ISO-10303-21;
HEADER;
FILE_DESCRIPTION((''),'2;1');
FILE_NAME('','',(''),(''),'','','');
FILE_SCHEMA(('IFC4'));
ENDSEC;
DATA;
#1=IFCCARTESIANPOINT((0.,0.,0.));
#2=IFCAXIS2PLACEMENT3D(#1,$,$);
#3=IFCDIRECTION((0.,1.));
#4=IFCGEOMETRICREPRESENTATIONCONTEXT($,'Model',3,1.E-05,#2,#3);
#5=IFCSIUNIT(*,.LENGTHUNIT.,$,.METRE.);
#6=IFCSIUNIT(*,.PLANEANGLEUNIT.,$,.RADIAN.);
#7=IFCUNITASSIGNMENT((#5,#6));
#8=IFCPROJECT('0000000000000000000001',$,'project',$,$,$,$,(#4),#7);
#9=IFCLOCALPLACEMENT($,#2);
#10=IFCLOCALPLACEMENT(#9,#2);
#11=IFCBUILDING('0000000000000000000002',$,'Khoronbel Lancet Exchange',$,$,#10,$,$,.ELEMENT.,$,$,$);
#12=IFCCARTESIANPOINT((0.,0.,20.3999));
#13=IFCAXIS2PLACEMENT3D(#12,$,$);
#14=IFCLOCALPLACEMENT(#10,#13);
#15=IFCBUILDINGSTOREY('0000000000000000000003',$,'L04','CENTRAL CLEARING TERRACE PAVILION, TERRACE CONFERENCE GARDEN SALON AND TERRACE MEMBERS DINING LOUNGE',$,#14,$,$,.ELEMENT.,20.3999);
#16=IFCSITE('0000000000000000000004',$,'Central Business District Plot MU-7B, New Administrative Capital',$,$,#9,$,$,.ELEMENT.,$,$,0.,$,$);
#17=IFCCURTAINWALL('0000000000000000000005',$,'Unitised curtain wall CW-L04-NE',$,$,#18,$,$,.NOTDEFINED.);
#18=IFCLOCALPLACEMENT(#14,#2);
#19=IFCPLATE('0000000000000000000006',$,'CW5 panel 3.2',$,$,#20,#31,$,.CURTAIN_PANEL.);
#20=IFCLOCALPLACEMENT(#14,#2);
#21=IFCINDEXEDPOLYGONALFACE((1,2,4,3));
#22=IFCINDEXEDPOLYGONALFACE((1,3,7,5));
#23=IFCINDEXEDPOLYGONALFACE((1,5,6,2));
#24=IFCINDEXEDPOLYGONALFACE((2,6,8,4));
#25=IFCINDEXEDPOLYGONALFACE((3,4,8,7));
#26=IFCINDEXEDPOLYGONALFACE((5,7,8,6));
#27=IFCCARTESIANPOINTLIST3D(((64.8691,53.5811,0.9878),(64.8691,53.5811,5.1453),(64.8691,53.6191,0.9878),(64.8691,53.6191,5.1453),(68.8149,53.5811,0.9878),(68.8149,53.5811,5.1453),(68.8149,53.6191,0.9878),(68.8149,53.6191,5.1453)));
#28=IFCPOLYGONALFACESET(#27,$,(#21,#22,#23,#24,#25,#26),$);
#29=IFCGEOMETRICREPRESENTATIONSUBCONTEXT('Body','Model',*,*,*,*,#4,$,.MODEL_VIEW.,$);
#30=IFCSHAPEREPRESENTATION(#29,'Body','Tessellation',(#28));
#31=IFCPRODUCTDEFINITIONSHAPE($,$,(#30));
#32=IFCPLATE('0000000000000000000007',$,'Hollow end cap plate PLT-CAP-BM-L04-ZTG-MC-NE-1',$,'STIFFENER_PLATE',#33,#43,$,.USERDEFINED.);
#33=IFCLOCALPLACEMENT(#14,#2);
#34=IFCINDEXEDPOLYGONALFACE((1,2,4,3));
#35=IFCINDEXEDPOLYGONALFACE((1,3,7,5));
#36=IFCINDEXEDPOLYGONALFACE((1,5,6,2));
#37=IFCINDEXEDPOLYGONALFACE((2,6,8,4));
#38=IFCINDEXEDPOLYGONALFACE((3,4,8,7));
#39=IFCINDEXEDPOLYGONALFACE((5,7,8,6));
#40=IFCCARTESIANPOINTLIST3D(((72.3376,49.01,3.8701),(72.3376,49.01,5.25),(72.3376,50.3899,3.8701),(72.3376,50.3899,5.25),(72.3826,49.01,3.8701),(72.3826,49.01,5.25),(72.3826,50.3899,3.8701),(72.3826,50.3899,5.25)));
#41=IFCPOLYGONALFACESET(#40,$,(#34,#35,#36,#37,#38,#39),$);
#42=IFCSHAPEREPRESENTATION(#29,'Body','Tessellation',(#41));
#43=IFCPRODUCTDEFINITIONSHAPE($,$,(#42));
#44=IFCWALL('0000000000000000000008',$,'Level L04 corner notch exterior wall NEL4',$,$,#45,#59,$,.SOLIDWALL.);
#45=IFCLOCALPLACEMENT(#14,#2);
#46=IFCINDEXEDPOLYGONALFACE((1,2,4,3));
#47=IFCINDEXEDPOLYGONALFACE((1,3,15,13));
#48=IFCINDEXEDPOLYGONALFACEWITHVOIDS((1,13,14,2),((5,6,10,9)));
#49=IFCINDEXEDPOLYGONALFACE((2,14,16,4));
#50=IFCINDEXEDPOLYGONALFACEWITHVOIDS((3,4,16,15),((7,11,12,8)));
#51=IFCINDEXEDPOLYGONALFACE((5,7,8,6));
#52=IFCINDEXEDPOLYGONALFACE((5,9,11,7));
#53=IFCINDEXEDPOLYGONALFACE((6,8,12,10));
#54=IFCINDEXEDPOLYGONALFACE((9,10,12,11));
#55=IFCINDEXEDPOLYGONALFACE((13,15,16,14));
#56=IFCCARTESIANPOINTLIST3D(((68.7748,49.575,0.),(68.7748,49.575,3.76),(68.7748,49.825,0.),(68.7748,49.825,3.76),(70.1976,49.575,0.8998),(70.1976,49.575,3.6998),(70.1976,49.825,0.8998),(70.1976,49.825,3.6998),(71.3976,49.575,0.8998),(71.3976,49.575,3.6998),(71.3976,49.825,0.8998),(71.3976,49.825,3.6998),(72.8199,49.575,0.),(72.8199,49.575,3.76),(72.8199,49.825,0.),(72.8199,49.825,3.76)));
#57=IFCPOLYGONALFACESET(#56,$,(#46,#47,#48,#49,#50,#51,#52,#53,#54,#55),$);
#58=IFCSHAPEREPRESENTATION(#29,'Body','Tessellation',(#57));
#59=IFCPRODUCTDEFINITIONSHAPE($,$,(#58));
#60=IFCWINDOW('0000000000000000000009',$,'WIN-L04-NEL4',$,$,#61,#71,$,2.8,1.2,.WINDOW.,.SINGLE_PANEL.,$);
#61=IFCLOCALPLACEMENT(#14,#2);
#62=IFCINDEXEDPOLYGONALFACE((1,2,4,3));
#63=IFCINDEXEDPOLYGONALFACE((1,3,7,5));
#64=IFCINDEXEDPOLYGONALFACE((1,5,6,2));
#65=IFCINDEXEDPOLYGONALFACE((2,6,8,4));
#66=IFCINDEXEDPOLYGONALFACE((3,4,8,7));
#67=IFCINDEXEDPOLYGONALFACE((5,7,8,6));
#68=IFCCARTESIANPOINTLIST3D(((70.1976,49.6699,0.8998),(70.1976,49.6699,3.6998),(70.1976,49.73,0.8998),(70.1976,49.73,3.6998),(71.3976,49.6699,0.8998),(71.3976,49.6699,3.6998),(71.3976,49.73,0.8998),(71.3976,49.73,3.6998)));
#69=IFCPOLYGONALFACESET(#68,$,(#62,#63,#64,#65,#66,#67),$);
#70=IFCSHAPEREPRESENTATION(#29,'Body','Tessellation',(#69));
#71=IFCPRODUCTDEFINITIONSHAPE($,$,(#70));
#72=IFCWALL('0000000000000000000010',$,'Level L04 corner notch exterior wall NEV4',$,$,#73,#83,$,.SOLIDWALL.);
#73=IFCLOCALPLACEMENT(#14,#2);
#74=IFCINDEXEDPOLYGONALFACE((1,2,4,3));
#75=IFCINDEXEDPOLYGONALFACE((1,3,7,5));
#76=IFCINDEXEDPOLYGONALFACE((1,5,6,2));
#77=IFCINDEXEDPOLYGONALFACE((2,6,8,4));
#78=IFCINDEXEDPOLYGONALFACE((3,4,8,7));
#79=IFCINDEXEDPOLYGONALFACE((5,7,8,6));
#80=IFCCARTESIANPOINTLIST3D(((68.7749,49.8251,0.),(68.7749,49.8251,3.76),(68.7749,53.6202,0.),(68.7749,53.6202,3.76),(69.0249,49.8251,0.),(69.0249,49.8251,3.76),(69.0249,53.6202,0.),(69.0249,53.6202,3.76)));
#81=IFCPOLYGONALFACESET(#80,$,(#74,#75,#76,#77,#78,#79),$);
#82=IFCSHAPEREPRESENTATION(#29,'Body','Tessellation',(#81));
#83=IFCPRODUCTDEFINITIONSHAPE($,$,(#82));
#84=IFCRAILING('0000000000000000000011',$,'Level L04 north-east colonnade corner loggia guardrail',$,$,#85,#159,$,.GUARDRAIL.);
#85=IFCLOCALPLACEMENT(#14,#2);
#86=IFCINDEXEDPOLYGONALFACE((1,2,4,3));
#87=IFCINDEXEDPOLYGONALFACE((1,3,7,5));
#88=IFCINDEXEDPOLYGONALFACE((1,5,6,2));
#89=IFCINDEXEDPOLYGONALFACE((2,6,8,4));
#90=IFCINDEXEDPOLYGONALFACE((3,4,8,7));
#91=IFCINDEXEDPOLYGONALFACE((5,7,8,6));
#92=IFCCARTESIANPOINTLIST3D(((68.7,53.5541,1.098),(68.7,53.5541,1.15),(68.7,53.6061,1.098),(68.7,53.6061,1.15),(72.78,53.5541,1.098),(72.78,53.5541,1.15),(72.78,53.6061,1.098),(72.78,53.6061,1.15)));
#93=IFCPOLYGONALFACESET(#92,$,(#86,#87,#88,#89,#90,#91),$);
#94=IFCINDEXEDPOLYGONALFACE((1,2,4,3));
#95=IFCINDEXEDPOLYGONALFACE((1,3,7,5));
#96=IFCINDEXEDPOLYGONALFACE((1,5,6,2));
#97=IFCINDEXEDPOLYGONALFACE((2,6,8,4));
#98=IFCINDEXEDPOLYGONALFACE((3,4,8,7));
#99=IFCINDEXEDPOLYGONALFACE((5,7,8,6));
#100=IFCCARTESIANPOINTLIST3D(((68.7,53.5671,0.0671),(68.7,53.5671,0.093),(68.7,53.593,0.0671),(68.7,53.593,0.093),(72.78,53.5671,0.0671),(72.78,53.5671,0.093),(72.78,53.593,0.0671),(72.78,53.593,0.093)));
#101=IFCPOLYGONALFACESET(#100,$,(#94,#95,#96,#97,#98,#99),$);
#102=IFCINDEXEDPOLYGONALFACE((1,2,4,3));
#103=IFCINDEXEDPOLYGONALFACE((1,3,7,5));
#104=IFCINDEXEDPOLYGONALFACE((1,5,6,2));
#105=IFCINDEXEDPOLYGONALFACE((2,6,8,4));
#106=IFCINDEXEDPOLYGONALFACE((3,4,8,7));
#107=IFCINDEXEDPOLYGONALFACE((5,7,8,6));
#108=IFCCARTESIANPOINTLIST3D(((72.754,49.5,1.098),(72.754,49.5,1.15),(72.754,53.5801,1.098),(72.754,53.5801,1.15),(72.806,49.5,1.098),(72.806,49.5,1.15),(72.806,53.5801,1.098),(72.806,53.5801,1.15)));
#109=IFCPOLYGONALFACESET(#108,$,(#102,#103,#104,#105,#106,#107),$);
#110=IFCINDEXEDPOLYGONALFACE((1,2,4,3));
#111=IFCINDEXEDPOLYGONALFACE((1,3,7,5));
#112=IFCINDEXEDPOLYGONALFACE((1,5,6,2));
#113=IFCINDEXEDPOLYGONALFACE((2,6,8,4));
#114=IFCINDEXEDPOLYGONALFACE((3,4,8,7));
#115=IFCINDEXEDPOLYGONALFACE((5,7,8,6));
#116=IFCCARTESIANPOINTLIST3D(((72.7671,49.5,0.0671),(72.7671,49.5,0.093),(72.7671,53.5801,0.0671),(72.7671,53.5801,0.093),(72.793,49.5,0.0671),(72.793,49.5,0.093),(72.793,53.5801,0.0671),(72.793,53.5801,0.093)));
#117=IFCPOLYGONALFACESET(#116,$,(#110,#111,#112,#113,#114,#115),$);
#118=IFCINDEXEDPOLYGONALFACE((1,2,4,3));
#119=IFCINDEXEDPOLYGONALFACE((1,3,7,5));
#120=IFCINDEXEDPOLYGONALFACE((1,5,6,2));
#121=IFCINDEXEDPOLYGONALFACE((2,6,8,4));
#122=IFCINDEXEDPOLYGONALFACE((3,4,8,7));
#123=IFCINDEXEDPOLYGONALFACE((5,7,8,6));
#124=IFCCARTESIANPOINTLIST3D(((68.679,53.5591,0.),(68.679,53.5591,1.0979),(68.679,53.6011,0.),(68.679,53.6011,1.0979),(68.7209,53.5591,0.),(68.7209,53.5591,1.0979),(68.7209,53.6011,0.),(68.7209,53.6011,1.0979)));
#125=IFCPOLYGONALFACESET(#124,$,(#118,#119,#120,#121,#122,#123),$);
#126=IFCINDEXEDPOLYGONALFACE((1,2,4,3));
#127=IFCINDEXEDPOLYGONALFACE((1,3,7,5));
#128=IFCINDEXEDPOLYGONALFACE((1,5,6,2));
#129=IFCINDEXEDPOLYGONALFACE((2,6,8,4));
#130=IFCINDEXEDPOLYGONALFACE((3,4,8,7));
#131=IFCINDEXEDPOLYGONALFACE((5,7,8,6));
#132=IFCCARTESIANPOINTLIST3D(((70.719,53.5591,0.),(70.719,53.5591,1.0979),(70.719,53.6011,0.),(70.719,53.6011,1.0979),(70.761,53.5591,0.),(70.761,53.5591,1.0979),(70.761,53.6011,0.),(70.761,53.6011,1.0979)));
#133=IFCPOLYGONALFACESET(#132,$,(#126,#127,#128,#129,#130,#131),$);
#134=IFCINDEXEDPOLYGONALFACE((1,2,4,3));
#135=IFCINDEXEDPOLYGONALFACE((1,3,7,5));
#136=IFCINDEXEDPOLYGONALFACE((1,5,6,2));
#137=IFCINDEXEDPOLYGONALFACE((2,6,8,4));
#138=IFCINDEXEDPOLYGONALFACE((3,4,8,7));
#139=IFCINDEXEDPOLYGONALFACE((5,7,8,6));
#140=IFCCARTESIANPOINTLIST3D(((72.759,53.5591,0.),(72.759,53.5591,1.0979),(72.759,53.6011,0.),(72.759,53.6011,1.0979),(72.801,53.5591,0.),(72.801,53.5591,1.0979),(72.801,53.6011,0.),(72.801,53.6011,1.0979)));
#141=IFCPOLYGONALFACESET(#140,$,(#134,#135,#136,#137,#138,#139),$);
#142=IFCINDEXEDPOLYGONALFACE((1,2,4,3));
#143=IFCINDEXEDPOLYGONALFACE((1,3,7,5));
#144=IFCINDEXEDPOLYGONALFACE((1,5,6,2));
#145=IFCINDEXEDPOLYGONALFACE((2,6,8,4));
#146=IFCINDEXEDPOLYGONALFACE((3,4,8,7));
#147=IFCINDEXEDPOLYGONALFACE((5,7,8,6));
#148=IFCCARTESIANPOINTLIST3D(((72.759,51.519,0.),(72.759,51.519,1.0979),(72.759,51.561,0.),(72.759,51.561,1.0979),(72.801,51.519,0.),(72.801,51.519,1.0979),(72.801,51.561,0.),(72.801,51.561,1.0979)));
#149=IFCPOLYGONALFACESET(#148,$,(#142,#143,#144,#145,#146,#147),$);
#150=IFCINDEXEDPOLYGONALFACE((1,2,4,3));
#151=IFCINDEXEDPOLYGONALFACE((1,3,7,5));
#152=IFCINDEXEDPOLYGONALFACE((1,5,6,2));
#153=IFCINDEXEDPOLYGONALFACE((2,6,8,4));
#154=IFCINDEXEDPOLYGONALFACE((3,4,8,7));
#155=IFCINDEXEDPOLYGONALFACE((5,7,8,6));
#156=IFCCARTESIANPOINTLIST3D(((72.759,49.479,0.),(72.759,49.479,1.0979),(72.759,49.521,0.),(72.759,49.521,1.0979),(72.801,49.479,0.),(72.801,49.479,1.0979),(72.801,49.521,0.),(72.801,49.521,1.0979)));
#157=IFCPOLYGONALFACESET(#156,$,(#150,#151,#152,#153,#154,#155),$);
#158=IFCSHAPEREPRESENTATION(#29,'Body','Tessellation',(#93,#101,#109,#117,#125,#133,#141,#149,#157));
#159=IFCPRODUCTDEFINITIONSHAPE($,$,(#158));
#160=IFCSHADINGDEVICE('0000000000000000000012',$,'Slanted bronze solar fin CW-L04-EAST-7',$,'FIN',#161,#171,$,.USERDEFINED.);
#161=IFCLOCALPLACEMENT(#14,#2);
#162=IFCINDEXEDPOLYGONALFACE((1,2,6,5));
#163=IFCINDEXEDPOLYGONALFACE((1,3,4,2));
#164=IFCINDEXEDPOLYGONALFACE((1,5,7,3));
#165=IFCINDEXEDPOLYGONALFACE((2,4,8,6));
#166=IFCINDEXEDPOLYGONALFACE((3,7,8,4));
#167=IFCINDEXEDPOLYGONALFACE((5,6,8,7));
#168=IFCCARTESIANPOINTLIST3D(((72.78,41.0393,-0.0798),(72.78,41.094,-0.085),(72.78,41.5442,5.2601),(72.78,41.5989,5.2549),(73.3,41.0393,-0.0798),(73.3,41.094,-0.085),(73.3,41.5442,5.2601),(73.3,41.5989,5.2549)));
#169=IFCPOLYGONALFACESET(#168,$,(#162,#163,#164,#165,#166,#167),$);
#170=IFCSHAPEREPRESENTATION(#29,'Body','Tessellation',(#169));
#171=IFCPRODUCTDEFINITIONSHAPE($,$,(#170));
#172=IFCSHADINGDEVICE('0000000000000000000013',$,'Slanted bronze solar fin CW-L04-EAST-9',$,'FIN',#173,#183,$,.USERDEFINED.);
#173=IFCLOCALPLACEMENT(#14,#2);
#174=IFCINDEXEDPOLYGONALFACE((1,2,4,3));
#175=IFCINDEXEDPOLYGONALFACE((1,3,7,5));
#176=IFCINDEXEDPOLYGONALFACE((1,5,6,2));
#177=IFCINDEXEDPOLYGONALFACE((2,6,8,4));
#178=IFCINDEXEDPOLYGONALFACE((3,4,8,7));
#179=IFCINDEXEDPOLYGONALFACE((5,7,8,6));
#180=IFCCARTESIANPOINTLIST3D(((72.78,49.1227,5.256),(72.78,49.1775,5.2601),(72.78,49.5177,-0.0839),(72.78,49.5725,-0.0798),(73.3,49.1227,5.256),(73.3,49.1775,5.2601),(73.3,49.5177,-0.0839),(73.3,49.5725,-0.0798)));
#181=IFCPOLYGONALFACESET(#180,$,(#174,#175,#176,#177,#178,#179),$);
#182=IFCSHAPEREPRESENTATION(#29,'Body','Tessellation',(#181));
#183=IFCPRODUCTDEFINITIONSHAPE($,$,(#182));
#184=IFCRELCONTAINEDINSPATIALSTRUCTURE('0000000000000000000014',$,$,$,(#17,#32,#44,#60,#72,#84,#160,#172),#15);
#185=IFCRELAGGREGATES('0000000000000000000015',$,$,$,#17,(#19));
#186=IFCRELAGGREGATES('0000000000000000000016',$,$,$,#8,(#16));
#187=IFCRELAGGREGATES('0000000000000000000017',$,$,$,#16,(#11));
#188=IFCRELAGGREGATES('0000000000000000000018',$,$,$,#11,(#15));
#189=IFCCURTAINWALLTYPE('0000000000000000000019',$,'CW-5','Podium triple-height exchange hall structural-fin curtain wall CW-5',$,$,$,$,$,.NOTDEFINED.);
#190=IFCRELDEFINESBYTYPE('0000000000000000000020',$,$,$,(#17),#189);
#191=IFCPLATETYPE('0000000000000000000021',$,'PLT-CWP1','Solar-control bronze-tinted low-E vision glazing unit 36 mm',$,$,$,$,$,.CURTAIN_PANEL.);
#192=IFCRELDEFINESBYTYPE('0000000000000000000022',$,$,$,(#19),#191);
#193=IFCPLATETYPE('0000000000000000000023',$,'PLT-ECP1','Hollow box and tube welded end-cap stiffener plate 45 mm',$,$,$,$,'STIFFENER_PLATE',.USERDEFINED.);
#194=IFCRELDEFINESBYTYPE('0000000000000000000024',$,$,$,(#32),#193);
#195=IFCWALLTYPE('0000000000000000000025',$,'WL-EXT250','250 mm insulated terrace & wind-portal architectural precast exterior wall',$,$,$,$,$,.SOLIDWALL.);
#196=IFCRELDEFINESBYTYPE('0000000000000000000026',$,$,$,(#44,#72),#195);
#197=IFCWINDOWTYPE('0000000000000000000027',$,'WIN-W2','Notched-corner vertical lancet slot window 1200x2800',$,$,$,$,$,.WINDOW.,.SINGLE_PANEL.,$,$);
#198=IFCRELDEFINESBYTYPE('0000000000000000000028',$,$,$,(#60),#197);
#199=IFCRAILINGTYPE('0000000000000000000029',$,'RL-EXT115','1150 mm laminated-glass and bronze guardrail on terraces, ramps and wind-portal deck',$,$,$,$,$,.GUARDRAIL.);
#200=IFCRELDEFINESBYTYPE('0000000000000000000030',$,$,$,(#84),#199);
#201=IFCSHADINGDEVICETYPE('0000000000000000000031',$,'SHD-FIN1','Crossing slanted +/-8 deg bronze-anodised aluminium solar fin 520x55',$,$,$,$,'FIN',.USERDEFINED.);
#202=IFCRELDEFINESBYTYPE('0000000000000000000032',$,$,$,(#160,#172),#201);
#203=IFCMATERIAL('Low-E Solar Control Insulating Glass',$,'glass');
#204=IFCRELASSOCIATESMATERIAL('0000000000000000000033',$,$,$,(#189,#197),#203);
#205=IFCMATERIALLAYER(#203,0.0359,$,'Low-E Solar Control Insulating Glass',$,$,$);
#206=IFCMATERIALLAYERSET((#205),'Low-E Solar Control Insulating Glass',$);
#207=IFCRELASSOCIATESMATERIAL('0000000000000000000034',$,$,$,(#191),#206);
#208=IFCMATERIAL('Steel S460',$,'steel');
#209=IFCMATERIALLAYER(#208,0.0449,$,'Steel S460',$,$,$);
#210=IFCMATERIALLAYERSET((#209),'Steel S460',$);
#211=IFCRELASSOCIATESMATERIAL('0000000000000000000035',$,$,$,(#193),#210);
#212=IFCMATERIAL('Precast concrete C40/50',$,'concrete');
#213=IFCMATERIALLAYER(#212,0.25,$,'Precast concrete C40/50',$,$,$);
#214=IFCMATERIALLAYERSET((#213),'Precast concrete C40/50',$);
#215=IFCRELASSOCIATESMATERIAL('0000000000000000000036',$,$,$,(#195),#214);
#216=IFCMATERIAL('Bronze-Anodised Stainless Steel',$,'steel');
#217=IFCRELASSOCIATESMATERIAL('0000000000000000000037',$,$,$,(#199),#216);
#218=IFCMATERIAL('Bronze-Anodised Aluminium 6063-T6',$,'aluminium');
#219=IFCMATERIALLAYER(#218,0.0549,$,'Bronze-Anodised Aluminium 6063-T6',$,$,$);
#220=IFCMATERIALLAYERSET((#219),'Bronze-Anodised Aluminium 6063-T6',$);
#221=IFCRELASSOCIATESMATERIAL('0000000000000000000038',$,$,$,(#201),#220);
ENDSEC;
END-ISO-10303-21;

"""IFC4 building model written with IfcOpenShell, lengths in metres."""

from ifc_helpers import new_model, si_unit, direction, frame, frame_2d, origin, origin_2d, place, context, subcontext, project, spatial, polyline, rectangle, outline, extrude, material, layer, layer_set, type_object, element, fill, aggregate, save


model = new_model("IFC4")

# Units and contexts
model_context = context("Model", 3, precision=1e-05, world=origin(), true_north=direction((0.0, 1.0)))
body_context = subcontext(model_context, "Body", "Model", "MODEL_VIEW")
ifc_project = project(units=[si_unit("LENGTHUNIT", "METRE"), si_unit("PLANEANGLEUNIT", "RADIAN")], contexts=[model_context])

# Site, building, storey
site_placement = place(None, origin())
site = spatial("IfcSite", under=ifc_project, at=site_placement, Name="Central Business District Plot MU-7B, New Administrative Capital", CompositionType="ELEMENT", RefElevation=0.0)
building_placement = place(site_placement, origin())
building = spatial("IfcBuilding", under=site, at=building_placement, Name="Khoronbel Lancet Exchange", CompositionType="ELEMENT")
storey_placement = place(building_placement, frame((0.0, 0.0, 20.3999)))
storey = spatial("IfcBuildingStorey", under=building, at=storey_placement, Name="L04", Description="CENTRAL CLEARING TERRACE PAVILION, TERRACE CONFERENCE GARDEN SALON AND TERRACE MEMBERS DINING LOUNGE", CompositionType="ELEMENT", Elevation=20.3999)

# Shared definitions
ifc_material_1 = material(Name="Steel S460", Category="steel")

# Shared definitions
ifc_material_2 = material(Name="Low-E Solar Control Insulating Glass", Category="glass")
curtain_wall_type = type_object("IfcCurtainWallType", Name="CW-5", Description="Podium triple-height exchange hall structural-fin curtain wall CW-5", PredefinedType="NOTDEFINED", material=ifc_material_2)
ifc_material_3 = material(Name="Bronze-Anodised Aluminium 6063-T6", Category="aluminium")

# Curtain wall
curtain_wall_1_placement = place(storey_placement, origin())
curtain_wall_1 = element("IfcCurtainWall", 1, at=curtain_wall_1_placement, inside=storey, type_object=curtain_wall_type, Name="Unitised curtain wall CW-L04-NE", PredefinedType="NOTDEFINED")

# Plates
ifc_layer_1 = layer(ifc_material_2, 0.0359, Name="Low-E Solar Control Insulating Glass")
ifc_layer_set_1 = layer_set([ifc_layer_1], Name="Low-E Solar Control Insulating Glass")
plate_type_1 = type_object("IfcPlateType", Name="PLT-CWP1", Description="Solar-control bronze-tinted low-E vision glazing unit 36 mm", PredefinedType="CURTAIN_PANEL", material=ifc_layer_set_1)
plate_1_placement = place(storey_placement, frame((66.842, 53.6001, 0.9878), z_axis=(0.0, 0.0, 1.0), x_axis=(1.0, 0.0, 0.0)))
plate_1 = element("IfcPlate", 2, at=plate_1_placement, type_object=plate_type_1, Name="CW5 panel 3.2", PredefinedType="CURTAIN_PANEL", context=body_context, shape_type="SweptSolid", body=[
    extrude(rectangle(XDim=3.9458, YDim=0.0381, at=origin_2d()), origin(), (0.0, 0.0, 1.0), 4.1575),
])
aggregate(curtain_wall_1, [plate_1])
ifc_layer_2 = layer(ifc_material_1, 0.0449, Name="Steel S460")
ifc_layer_set_2 = layer_set([ifc_layer_2], Name="Steel S460")
plate_type_2 = type_object("IfcPlateType", Name="PLT-ECP1", Description="Hollow box and tube welded end-cap stiffener plate 45 mm", ElementType="STIFFENER_PLATE", PredefinedType="USERDEFINED", material=ifc_layer_set_2)
plate_2_placement = place(storey_placement, frame((72.3601, 49.7, 3.8701), z_axis=(0.0, 0.0, 1.0), x_axis=(1.0, 0.0, 0.0)))
element("IfcPlate", 3, at=plate_2_placement, inside=storey, type_object=plate_type_2, Name="Hollow end cap plate PLT-CAP-BM-L04-ZTG-MC-NE-1", ObjectType="STIFFENER_PLATE", PredefinedType="USERDEFINED", context=body_context, shape_type="SweptSolid", body=[
    extrude(rectangle(XDim=0.0449, YDim=1.3799, at=origin_2d()), origin(), (0.0, 0.0, 1.0), 1.3799),
])

# Wall, opening, window
ifc_material_4 = material(Name="Precast concrete C40/50", Category="concrete")
ifc_layer_3 = layer(ifc_material_4, 0.25, Name="Precast concrete C40/50")
ifc_layer_set_3 = layer_set([ifc_layer_3], Name="Precast concrete C40/50")
wall_type = type_object("IfcWallType", Name="WL-EXT250", Description="250 mm insulated terrace & wind-portal architectural precast exterior wall", PredefinedType="SOLIDWALL", material=ifc_layer_set_3)
wall_1_placement = place(storey_placement, frame((68.7749, 49.7, 0.0), z_axis=(0.0, 0.0, 1.0), x_axis=(1.0, 0.0, 0.0)))
wall_1 = element("IfcWall", 4, at=wall_1_placement, inside=storey, type_object=wall_type, Name="Level L04 corner notch exterior wall NEL4", PredefinedType="SOLIDWALL", context=body_context, shape_type="SweptSolid", body=[
    extrude(rectangle(XDim=4.0452, YDim=0.25, at=frame_2d((2.0225, 0.0))), origin(), (0.0, 0.0, 1.0), 3.76),
])
opening_placement = place(wall_1_placement, frame((1.4226, 0.0, 0.8999)))
opening = element("IfcOpeningElement", 5, at=opening_placement, cuts=wall_1, PredefinedType="OPENING", context=body_context, shape_type="SweptSolid", body=[
    extrude(rectangle(XDim=1.2, YDim=2.8, at=frame_2d((0.6001, 1.3999))), frame((0.0, 0.135, 0.0), z_axis=(0.0, -1.0, 0.0), x_axis=(1.0, 0.0, 0.0)), (0.0, 0.0, 1.0), 0.27),
])
window_type = type_object("IfcWindowType", Name="WIN-W2", Description="Notched-corner vertical lancet slot window 1200x2800", PartitioningType="SINGLE_PANEL", PredefinedType="WINDOW", material=ifc_material_2)
window_placement = place(opening_placement, origin())
window = element("IfcWindow", 6, at=window_placement, inside=storey, type_object=window_type, Name="WIN-L04-NEL4", OverallHeight=2.8, OverallWidth=1.2, PartitioningType="SINGLE_PANEL", PredefinedType="WINDOW", context=body_context, shape_type="SweptSolid", body=[
    extrude(rectangle(XDim=1.2, YDim=2.8, at=frame_2d((0.6001, 1.3999))), frame((0.0, 0.03, 0.0), z_axis=(0.0, -1.0, 0.0), x_axis=(1.0, 0.0, 0.0)), (0.0, 0.0, 1.0), 0.0601),
])
fill(opening, window)

# Wall
wall_2_placement = place(storey_placement, frame((68.8999, 53.6201, 0.0), z_axis=(0.0, 0.0, 1.0), x_axis=(0.0, -1.0, 0.0)))
element("IfcWall", 7, at=wall_2_placement, inside=storey, type_object=wall_type, Name="Level L04 corner notch exterior wall NEV4", PredefinedType="SOLIDWALL", context=body_context, shape_type="SweptSolid", body=[
    extrude(rectangle(XDim=3.7952, YDim=0.25, at=frame_2d((1.8975, 0.0))), origin(), (0.0, 0.0, 1.0), 3.76),
])

# Railing
ifc_material_5 = material(Name="Bronze-Anodised Stainless Steel", Category="steel")
railing_type = type_object("IfcRailingType", Name="RL-EXT115", Description="1150 mm laminated-glass and bronze guardrail on terraces, ramps and wind-portal deck", PredefinedType="GUARDRAIL", material=ifc_material_5)
railing_placement = place(storey_placement, frame((68.7, 53.5801, 0.0)))
element("IfcRailing", 8, at=railing_placement, inside=storey, type_object=railing_type, Name="Level L04 north-east colonnade corner loggia guardrail", PredefinedType="GUARDRAIL", context=body_context, shape_type="SweptSolid", body=[
    extrude(rectangle(XDim=0.052, YDim=0.052, at=origin_2d()), frame((0.0, 0.0, 1.124), z_axis=(1.0, 0.0, 0.0), x_axis=(0.0, 1.0, 0.0)), (0.0, 0.0, 1.0), 4.0801),
    extrude(rectangle(XDim=0.0259, YDim=0.0259, at=origin_2d()), frame((0.0, 0.0, 0.0801), z_axis=(1.0, 0.0, 0.0), x_axis=(0.0, 1.0, 0.0)), (0.0, 0.0, 1.0), 4.0801),
    extrude(rectangle(XDim=0.052, YDim=0.052, at=origin_2d()), frame((4.0801, 0.0, 1.124), z_axis=(0.0, -1.0, 0.0), x_axis=(1.0, 0.0, 0.0)), (0.0, 0.0, 1.0), 4.0801),
    extrude(rectangle(XDim=0.0259, YDim=0.0259, at=origin_2d()), frame((4.0801, 0.0, 0.0801), z_axis=(0.0, -1.0, 0.0), x_axis=(1.0, 0.0, 0.0)), (0.0, 0.0, 1.0), 4.0801),
    extrude(rectangle(XDim=0.042, YDim=0.042, at=origin_2d()), origin(), (0.0, 0.0, 1.0), 1.0979),
    extrude(rectangle(XDim=0.042, YDim=0.042, at=origin_2d()), frame((2.04, 0.0, 0.0)), (0.0, 0.0, 1.0), 1.0979),
    extrude(rectangle(XDim=0.042, YDim=0.042, at=origin_2d()), frame((4.0801, 0.0, 0.0)), (0.0, 0.0, 1.0), 1.0979),
    extrude(rectangle(XDim=0.042, YDim=0.042, at=origin_2d()), frame((4.0801, -2.04, 0.0)), (0.0, 0.0, 1.0), 1.0979),
    extrude(rectangle(XDim=0.042, YDim=0.042, at=origin_2d()), frame((4.0801, -4.0801, 0.0)), (0.0, 0.0, 1.0), 1.0979),
])

# Shading devices
ifc_layer_4 = layer(ifc_material_3, 0.0549, Name="Bronze-Anodised Aluminium 6063-T6")
ifc_layer_set_4 = layer_set([ifc_layer_4], Name="Bronze-Anodised Aluminium 6063-T6")
shading_device_type = type_object("IfcShadingDeviceType", Name="SHD-FIN1", Description="Crossing slanted +/-8 deg bronze-anodised aluminium solar fin 520x55", ElementType="FIN", PredefinedType="USERDEFINED", material=ifc_layer_set_4)
shading_device_1_placement = place(storey_placement, frame((72.78, 41.0393, -0.0798), z_axis=(0.0, -0.99556, 0.09413), x_axis=(1.0, 0.0, 0.0)))
element("IfcShadingDevice", 9, at=shading_device_1_placement, inside=storey, type_object=shading_device_type, Name="Slanted bronze solar fin CW-L04-EAST-7", ObjectType="FIN", PredefinedType="USERDEFINED", context=body_context, shape_type="SweptSolid", body=[
    extrude(outline(polyline([(0.0, 0.0), (0.52, 0.0), (0.52, 5.3638), (0.0, 5.3638), (0.0, 0.0)])), origin(), (0.0, 0.0, -1.0), 0.0549),
])
shading_device_2_placement = place(storey_placement, frame((72.78, 49.5725, -0.0798), z_axis=(0.0, 0.997275, 0.073774), x_axis=(1.0, 0.0, 0.0)))
element("IfcShadingDevice", 10, at=shading_device_2_placement, inside=storey, type_object=shading_device_type, Name="Slanted bronze solar fin CW-L04-EAST-9", ObjectType="FIN", PredefinedType="USERDEFINED", context=body_context, shape_type="SweptSolid", body=[
    extrude(outline(polyline([(0.0, 0.0), (0.52, 0.0), (0.52, -5.3545), (0.0, -5.3545), (0.0, 0.0)])), origin(), (0.0, 0.0, -1.0), 0.0549),
])

save(model, "model.ifc")
